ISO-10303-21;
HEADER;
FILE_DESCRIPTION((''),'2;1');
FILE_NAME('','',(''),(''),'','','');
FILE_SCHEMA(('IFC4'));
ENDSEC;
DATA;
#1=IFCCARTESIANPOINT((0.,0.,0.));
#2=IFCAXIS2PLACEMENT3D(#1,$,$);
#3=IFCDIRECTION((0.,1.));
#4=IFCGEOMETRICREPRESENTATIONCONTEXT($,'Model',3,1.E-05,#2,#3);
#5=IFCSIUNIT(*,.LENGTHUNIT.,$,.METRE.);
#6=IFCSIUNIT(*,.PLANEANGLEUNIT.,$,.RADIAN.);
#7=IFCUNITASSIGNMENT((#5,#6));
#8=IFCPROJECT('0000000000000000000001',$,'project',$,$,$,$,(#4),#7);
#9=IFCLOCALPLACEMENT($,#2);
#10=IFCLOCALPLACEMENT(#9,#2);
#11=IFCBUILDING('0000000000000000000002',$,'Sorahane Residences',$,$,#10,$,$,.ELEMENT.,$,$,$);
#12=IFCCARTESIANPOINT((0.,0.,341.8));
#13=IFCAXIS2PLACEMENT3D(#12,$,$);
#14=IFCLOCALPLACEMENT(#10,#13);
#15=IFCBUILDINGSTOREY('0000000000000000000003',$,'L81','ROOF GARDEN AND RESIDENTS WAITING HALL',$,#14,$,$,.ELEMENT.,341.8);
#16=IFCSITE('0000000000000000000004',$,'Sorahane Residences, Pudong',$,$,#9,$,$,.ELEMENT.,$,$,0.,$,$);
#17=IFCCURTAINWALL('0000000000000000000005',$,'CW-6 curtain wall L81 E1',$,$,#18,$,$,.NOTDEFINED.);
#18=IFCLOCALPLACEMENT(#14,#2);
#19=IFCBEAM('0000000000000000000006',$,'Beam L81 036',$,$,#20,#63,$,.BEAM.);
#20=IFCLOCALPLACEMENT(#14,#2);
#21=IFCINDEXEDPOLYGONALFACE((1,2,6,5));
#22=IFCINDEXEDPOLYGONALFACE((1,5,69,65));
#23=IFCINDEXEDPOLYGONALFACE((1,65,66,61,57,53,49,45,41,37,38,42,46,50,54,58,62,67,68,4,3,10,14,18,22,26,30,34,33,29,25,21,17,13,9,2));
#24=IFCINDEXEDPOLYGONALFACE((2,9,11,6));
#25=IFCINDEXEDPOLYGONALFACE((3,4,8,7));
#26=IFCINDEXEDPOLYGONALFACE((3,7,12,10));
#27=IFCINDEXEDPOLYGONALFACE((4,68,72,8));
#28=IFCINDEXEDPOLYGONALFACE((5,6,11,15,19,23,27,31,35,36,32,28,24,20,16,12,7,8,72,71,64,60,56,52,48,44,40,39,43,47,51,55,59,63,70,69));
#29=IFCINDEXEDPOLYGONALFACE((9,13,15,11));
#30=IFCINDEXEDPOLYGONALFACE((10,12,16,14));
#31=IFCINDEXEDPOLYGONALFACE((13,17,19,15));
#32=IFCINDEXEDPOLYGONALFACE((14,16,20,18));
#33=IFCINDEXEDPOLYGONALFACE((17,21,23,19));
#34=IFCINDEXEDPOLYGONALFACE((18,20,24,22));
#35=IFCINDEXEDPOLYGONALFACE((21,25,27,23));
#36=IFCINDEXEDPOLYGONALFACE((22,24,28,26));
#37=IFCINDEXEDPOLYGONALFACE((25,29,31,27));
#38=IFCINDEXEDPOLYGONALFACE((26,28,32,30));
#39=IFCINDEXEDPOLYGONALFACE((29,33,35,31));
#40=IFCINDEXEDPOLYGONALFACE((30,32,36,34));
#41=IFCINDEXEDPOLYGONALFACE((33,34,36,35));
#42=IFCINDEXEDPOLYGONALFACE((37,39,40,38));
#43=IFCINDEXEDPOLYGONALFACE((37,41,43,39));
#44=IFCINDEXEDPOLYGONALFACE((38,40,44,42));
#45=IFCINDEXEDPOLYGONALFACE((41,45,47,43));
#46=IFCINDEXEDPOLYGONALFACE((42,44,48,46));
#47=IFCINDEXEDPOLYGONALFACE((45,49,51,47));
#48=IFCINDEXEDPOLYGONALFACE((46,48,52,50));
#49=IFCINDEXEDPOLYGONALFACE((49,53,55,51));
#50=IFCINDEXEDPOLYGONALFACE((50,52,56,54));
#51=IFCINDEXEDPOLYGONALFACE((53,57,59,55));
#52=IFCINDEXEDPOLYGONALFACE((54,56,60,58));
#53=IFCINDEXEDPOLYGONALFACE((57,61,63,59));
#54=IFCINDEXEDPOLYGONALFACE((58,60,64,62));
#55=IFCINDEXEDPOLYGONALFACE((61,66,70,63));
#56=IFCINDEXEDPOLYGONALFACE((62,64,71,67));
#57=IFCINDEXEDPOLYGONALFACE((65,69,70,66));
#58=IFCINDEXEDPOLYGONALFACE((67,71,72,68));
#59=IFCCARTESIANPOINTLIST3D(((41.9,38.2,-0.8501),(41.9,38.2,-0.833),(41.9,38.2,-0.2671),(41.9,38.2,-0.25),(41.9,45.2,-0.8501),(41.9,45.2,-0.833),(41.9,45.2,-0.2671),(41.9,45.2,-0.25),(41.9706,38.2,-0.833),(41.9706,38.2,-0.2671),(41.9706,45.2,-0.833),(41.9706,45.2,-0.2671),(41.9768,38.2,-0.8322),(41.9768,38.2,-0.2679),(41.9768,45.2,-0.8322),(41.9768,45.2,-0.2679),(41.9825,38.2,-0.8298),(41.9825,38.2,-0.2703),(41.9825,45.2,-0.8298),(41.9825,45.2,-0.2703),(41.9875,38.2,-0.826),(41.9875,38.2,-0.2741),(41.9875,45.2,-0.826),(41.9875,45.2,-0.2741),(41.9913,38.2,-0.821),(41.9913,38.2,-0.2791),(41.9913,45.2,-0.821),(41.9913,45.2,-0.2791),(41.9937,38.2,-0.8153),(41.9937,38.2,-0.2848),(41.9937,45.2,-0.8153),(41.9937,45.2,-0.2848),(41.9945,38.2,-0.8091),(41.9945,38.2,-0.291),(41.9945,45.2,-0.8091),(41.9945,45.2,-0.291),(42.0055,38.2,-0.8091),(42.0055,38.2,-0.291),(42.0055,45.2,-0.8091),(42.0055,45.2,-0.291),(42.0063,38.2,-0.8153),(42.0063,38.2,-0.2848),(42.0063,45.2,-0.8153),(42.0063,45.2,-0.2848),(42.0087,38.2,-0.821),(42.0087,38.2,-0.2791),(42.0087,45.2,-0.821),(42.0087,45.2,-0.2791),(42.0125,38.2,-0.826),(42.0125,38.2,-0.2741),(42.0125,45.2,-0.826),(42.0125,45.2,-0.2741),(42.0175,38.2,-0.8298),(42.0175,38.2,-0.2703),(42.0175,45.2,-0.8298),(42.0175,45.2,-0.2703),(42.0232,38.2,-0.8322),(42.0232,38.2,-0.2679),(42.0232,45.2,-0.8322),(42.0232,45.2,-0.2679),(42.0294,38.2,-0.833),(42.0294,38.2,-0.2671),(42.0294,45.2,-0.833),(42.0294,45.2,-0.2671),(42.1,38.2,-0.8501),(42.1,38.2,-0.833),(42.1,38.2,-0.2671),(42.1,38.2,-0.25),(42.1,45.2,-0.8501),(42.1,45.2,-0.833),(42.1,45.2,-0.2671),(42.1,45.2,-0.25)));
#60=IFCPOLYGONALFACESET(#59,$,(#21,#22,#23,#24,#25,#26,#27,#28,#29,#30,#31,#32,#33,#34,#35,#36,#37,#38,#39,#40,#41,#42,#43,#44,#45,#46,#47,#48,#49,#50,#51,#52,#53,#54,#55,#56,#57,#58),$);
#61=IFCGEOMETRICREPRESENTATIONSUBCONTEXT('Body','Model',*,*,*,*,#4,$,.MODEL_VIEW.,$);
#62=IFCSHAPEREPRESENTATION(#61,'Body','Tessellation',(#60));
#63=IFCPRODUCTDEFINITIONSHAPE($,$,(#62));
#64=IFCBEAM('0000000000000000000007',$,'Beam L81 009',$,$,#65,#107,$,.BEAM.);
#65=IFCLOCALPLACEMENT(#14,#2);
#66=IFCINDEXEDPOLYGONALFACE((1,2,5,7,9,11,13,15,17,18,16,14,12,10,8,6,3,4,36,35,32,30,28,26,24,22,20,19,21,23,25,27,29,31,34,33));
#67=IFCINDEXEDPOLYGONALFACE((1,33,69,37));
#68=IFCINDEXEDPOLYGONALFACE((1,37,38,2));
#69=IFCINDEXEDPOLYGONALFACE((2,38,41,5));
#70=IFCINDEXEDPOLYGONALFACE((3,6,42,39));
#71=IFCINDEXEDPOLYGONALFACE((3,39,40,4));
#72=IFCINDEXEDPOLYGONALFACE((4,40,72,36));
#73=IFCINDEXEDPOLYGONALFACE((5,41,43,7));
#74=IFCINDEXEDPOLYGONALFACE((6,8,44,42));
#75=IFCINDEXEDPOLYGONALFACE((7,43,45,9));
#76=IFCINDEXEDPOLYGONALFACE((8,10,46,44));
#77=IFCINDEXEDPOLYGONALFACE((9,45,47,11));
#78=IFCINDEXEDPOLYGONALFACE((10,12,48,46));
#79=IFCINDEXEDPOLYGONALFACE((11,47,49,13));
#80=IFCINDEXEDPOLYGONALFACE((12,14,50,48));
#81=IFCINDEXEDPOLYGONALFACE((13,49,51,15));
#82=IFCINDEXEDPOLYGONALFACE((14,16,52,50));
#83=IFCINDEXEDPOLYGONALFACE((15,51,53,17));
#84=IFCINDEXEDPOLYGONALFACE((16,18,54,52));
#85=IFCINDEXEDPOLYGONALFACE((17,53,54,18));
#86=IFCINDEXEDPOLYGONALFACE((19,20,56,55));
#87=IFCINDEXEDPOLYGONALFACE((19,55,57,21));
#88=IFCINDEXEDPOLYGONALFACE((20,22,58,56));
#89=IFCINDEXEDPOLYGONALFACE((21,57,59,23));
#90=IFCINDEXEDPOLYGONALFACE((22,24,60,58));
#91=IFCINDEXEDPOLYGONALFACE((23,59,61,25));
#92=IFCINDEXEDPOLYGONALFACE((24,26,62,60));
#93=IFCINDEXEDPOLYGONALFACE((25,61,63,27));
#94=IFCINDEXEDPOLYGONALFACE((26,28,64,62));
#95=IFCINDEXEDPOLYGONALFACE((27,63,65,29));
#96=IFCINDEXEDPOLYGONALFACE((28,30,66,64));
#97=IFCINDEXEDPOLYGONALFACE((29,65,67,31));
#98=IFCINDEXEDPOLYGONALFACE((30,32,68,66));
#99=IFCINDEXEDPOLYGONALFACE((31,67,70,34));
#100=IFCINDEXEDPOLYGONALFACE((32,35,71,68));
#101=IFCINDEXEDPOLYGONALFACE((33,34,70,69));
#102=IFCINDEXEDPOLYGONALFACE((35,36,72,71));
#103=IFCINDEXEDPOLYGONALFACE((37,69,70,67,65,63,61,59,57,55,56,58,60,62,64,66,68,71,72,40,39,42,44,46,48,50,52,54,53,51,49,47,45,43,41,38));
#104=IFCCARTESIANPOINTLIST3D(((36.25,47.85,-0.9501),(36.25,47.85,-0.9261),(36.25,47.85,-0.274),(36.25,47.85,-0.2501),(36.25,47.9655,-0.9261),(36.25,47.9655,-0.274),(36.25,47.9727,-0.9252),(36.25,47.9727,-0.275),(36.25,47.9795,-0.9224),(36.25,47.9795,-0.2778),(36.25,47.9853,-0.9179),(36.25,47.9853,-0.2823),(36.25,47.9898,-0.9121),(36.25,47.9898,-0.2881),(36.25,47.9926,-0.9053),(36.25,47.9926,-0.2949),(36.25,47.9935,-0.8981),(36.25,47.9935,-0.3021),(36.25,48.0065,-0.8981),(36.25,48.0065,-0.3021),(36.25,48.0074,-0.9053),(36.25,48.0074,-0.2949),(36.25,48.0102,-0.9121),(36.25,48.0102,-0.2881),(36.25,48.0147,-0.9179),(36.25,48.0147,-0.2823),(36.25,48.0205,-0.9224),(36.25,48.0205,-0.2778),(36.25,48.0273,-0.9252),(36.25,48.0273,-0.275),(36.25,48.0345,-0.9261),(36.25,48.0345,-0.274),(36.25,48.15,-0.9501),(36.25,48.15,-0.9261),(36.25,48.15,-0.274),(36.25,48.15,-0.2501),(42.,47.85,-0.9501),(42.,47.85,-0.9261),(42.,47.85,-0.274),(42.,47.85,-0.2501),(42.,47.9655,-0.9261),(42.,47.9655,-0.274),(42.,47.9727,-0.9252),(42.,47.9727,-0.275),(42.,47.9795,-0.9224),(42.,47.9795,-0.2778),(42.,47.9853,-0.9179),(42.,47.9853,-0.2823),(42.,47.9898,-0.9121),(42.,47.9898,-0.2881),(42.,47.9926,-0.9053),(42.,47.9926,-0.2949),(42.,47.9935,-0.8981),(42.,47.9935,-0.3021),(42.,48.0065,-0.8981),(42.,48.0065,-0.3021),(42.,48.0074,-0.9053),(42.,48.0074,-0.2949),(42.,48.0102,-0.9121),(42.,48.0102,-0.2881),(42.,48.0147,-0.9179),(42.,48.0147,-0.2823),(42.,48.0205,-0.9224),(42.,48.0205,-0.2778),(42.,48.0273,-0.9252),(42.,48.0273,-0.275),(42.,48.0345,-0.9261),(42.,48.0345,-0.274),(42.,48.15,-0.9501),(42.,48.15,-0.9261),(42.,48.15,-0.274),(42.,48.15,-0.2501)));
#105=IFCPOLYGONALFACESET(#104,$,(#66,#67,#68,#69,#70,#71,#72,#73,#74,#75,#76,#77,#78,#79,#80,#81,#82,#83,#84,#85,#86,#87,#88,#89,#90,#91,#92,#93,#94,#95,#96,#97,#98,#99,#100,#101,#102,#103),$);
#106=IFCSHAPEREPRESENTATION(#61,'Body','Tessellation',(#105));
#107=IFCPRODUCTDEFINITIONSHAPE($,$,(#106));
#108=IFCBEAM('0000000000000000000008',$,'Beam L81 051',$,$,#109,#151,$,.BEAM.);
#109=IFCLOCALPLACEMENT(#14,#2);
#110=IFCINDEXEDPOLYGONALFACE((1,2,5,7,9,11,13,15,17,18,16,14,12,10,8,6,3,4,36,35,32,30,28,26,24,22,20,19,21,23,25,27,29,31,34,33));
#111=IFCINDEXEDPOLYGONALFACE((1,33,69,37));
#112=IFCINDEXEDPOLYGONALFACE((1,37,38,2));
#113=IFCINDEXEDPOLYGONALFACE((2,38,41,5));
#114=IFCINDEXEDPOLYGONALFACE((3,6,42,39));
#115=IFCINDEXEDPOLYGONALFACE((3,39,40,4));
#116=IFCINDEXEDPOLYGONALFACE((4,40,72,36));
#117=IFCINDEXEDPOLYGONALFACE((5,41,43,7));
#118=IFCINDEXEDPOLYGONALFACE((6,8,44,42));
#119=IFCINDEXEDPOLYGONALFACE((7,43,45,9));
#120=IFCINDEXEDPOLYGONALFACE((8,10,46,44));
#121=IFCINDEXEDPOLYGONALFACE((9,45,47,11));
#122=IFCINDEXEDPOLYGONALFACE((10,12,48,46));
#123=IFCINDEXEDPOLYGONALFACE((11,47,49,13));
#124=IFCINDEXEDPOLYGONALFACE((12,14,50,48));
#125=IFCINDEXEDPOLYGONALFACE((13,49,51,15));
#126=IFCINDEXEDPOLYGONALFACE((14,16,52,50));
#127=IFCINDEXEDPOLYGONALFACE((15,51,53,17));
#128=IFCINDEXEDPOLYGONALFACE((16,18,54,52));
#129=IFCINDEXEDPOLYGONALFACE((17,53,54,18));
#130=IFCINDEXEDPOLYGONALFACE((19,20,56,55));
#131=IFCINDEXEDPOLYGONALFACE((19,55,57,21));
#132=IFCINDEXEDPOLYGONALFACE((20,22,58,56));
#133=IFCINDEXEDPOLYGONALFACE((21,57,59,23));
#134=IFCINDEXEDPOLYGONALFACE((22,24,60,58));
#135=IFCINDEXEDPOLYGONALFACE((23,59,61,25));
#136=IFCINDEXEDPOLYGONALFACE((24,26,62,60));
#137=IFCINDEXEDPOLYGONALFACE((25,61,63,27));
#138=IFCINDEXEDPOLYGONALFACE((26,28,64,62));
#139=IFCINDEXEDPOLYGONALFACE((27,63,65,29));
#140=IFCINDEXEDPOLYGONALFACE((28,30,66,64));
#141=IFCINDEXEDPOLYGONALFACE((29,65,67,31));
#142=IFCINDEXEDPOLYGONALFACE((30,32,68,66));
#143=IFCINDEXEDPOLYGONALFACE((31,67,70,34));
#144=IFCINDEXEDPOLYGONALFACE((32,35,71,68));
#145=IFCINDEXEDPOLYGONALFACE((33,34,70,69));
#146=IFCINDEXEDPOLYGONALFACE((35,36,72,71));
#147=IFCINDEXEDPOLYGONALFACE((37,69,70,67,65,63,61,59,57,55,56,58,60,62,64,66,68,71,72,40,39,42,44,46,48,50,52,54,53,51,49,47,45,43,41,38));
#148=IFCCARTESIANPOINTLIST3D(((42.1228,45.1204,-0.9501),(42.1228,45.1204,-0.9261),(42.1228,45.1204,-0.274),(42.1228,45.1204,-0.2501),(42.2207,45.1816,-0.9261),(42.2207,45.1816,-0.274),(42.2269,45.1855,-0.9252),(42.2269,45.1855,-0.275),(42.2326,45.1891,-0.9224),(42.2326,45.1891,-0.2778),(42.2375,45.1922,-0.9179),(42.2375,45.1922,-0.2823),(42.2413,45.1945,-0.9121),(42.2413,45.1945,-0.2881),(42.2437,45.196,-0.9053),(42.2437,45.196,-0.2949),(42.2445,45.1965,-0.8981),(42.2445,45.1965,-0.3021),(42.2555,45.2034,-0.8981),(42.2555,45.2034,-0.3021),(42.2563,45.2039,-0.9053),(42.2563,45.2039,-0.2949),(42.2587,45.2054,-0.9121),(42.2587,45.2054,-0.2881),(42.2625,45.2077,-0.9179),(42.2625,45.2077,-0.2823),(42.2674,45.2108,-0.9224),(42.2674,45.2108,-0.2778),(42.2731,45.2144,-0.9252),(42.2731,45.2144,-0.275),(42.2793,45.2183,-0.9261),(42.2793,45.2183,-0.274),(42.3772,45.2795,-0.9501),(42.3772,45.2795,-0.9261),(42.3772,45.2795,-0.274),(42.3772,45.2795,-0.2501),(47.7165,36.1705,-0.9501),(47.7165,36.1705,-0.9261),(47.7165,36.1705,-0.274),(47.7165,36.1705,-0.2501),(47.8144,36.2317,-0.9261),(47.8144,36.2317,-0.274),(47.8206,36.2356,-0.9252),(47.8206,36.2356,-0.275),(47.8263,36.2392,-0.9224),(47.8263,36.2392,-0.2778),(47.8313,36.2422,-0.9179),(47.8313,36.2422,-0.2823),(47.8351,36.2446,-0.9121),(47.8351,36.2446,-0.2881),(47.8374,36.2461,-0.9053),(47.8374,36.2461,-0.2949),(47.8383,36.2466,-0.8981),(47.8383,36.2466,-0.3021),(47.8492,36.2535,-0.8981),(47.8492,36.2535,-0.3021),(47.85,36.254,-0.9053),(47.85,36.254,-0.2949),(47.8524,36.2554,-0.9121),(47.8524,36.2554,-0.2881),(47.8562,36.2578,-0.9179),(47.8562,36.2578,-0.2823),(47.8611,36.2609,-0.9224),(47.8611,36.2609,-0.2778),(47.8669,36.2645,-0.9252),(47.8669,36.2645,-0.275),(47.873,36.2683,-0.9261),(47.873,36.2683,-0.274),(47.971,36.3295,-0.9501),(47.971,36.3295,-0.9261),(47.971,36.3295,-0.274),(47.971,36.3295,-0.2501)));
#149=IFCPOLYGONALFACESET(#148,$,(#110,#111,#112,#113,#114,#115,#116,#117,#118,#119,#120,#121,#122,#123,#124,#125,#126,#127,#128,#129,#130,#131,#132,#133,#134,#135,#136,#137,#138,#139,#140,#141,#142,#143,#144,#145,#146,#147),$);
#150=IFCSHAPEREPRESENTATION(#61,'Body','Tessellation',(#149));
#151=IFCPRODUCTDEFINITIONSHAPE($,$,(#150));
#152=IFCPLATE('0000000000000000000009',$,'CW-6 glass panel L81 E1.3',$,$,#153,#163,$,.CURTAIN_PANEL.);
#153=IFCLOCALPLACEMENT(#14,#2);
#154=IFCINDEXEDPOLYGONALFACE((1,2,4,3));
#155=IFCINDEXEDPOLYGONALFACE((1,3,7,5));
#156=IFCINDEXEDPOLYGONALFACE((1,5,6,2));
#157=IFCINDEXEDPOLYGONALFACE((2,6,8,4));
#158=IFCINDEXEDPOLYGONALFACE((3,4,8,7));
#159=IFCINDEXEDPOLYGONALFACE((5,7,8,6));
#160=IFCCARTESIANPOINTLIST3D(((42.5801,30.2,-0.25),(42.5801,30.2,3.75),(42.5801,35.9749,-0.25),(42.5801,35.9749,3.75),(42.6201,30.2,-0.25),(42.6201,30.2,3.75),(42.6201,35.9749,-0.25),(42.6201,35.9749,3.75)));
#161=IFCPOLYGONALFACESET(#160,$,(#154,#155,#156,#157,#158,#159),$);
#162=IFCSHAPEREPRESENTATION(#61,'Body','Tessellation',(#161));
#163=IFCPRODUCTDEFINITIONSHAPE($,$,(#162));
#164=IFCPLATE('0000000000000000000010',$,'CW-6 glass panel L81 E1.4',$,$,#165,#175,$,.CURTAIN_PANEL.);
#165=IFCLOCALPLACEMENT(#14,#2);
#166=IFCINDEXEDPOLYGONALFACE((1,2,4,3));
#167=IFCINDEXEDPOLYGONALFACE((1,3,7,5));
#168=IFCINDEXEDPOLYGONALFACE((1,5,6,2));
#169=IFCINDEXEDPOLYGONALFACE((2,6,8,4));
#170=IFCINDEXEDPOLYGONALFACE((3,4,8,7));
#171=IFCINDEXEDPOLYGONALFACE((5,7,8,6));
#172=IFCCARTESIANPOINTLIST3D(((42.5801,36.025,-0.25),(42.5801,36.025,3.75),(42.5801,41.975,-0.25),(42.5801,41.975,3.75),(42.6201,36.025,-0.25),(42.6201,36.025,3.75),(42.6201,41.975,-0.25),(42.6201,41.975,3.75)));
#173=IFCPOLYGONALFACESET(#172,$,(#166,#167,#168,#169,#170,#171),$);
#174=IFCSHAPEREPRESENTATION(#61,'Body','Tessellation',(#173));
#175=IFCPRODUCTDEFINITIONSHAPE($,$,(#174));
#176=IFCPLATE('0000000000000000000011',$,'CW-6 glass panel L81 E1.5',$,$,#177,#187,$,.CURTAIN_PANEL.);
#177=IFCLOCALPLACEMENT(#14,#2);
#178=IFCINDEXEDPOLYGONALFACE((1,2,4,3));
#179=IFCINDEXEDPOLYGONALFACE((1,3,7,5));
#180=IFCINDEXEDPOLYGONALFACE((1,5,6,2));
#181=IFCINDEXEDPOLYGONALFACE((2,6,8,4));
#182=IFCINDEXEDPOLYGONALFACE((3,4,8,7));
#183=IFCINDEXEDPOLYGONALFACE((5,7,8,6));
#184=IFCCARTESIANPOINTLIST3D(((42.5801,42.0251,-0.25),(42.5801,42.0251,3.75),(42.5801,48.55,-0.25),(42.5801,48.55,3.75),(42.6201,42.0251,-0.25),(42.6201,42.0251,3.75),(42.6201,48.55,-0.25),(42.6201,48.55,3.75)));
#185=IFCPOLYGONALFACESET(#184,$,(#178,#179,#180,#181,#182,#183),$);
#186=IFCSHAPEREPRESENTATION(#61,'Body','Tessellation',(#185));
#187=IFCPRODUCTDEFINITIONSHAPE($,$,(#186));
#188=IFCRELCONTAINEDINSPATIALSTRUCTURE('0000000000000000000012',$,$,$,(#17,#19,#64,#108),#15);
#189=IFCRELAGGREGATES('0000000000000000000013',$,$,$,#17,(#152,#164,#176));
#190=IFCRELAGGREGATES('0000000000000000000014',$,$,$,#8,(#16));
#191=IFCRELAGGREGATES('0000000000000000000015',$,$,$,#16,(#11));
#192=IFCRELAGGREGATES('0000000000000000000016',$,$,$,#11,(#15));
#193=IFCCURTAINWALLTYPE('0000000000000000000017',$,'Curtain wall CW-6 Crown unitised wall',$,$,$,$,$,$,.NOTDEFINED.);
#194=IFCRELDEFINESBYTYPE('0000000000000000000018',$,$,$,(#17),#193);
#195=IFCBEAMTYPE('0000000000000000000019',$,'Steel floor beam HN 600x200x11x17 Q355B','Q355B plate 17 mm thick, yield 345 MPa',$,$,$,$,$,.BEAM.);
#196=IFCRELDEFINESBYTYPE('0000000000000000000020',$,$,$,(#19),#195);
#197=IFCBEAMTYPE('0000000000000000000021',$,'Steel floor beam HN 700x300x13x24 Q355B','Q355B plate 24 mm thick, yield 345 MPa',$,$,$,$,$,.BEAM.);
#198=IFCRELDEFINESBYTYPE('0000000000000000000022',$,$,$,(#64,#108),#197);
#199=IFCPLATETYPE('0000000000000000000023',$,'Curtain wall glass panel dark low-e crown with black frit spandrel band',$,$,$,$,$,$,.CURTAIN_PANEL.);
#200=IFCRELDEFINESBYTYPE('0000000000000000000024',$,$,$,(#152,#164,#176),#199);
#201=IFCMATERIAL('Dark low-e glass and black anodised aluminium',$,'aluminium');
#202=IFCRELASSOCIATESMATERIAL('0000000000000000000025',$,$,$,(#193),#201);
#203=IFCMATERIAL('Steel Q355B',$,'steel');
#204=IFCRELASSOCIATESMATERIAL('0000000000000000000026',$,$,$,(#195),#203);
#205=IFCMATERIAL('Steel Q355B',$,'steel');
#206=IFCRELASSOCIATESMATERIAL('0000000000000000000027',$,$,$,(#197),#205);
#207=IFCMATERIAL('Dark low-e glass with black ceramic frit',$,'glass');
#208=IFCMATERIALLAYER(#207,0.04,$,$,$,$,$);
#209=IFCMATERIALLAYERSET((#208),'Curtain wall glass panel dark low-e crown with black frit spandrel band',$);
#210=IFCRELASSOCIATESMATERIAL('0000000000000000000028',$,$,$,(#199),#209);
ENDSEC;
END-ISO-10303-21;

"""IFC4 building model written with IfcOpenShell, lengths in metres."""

from ifc_helpers import new_model, si_unit, direction, frame, origin, origin_2d, place, context, subcontext, project, spatial, rectangle, i_section, extrude, material, layer, layer_set, material_profile, profile_set, type_object, element, aggregate, save


model = new_model("IFC4")

# Units and contexts
model_context = context("Model", 3, precision=1e-05, world=origin(), true_north=direction((0.0, 1.0)))
body_context = subcontext(model_context, "Body", "Model", "MODEL_VIEW")
ifc_project = project(units=[si_unit("LENGTHUNIT", "METRE"), si_unit("PLANEANGLEUNIT", "RADIAN")], contexts=[model_context])

# Site, building, storey
site_placement = place(None, origin())
site = spatial("IfcSite", under=ifc_project, at=site_placement, Name="Sorahane Residences, Pudong", CompositionType="ELEMENT", RefElevation=0.0)
building_placement = place(site_placement, origin())
building = spatial("IfcBuilding", under=site, at=building_placement, Name="Sorahane Residences", CompositionType="ELEMENT")
storey_placement = place(building_placement, frame((0.0, 0.0, 341.8)))
storey = spatial("IfcBuildingStorey", under=building, at=storey_placement, Name="L81", Description="ROOF GARDEN AND RESIDENTS WAITING HALL", CompositionType="ELEMENT", Elevation=341.8)

# Curtain wall
ifc_material_1 = material(Name="Dark low-e glass and black anodised aluminium", Category="aluminium")
curtain_wall_type = type_object("IfcCurtainWallType", Name="Curtain wall CW-6 Crown unitised wall", PredefinedType="NOTDEFINED", material=ifc_material_1)
curtain_wall_1_placement = place(storey_placement, origin())
curtain_wall_1 = element("IfcCurtainWall", 1, at=curtain_wall_1_placement, inside=storey, type_object=curtain_wall_type, Name="CW-6 curtain wall L81 E1", PredefinedType="NOTDEFINED")

# Beams
ifc_material_2 = material(Name="Steel Q355B", Category="steel")
ifc_material_profile_1 = material_profile(ifc_material_2, i_section(OverallWidth=0.2, OverallDepth=0.6001, WebThickness=0.011, FlangeThickness=0.0171, FilletRadius=0.0239, at=origin_2d()), Name="HN 600x200x11x17")
ifc_profile_set_1 = profile_set([ifc_material_profile_1], Name="Steel Q355B")
beam_type_1 = type_object("IfcBeamType", Name="Steel floor beam HN 600x200x11x17 Q355B", Description="Q355B plate 17 mm thick, yield 345 MPa", PredefinedType="BEAM", material=ifc_profile_set_1)
beam_1_placement = place(storey_placement, frame((42.0, 38.2, -0.55), z_axis=(0.0, 1.0, 0.0), x_axis=(-1.0, 0.0, 0.0)))
element("IfcBeam", 2, at=beam_1_placement, inside=storey, type_object=beam_type_1, Name="Beam L81 036", PredefinedType="BEAM", context=body_context, shape_type="SweptSolid", body=[
    extrude(i_section(OverallWidth=0.2, OverallDepth=0.6001, WebThickness=0.011, FlangeThickness=0.0171, FilletRadius=0.0239, at=origin_2d()), origin(), (0.0, 0.0, 1.0), 7.0),
])
ifc_material_3 = material(Name="Steel Q355B", Category="steel")
ifc_material_profile_2 = material_profile(ifc_material_3, i_section(OverallWidth=0.3, OverallDepth=0.7, WebThickness=0.0129, FlangeThickness=0.0239, FilletRadius=0.0281, at=origin_2d()), Name="HN 700x300x13x24")
ifc_profile_set_2 = profile_set([ifc_material_profile_2], Name="Steel Q355B")
beam_type_2 = type_object("IfcBeamType", Name="Steel floor beam HN 700x300x13x24 Q355B", Description="Q355B plate 24 mm thick, yield 345 MPa", PredefinedType="BEAM", material=ifc_profile_set_2)
beam_2_placement = place(storey_placement, frame((36.25, 48.0, -0.6001), z_axis=(1.0, 0.0, 0.0), x_axis=(0.0, 1.0, 0.0)))
element("IfcBeam", 3, at=beam_2_placement, inside=storey, type_object=beam_type_2, Name="Beam L81 009", PredefinedType="BEAM", context=body_context, shape_type="SweptSolid", body=[
    extrude(i_section(OverallWidth=0.3, OverallDepth=0.7, WebThickness=0.0129, FlangeThickness=0.0239, FilletRadius=0.0281, at=origin_2d()), origin(), (0.0, 0.0, 1.0), 5.75),
])
beam_3_placement = place(storey_placement, frame((42.25, 45.2, -0.6001), z_axis=(0.530001, -0.847997, 0.0), x_axis=(0.847997, 0.530001, 0.0)))
element("IfcBeam", 4, at=beam_3_placement, inside=storey, type_object=beam_type_2, Name="Beam L81 051", PredefinedType="BEAM", context=body_context, shape_type="SweptSolid", body=[
    extrude(i_section(OverallWidth=0.3, OverallDepth=0.7, WebThickness=0.0129, FlangeThickness=0.0239, FilletRadius=0.0281, at=origin_2d()), origin(), (0.0, 0.0, 1.0), 10.5542),
])

# Plates
ifc_material_4 = material(Name="Dark low-e glass with black ceramic frit", Category="glass")
ifc_layer_1 = layer(ifc_material_4, 0.04)
ifc_layer_set_1 = layer_set([ifc_layer_1], Name="Curtain wall glass panel dark low-e crown with black frit spandrel band")
plate_type = type_object("IfcPlateType", Name="Curtain wall glass panel dark low-e crown with black frit spandrel band", PredefinedType="CURTAIN_PANEL", material=ifc_layer_set_1)
plate_1_placement = place(storey_placement, frame((42.6001, 33.0874, -0.25), z_axis=(0.0, 0.0, 1.0), x_axis=(0.0, 1.0, 0.0)))
plate_1 = element("IfcPlate", 5, at=plate_1_placement, type_object=plate_type, Name="CW-6 glass panel L81 E1.3", PredefinedType="CURTAIN_PANEL", context=body_context, shape_type="SweptSolid", body=[
    extrude(rectangle(XDim=5.7749, YDim=0.04, at=origin_2d()), origin(), (0.0, 0.0, 1.0), 4.0),
])
plate_2_placement = place(storey_placement, frame((42.6001, 39.0, -0.25), z_axis=(0.0, 0.0, 1.0), x_axis=(0.0, 1.0, 0.0)))
plate_2 = element("IfcPlate", 6, at=plate_2_placement, type_object=plate_type, Name="CW-6 glass panel L81 E1.4", PredefinedType="CURTAIN_PANEL", context=body_context, shape_type="SweptSolid", body=[
    extrude(rectangle(XDim=5.95, YDim=0.04, at=origin_2d()), origin(), (0.0, 0.0, 1.0), 4.0),
])
plate_3_placement = place(storey_placement, frame((42.6001, 45.2876, -0.25), z_axis=(0.0, 0.0, 1.0), x_axis=(0.0, 1.0, 0.0)))
plate_3 = element("IfcPlate", 7, at=plate_3_placement, type_object=plate_type, Name="CW-6 glass panel L81 E1.5", PredefinedType="CURTAIN_PANEL", context=body_context, shape_type="SweptSolid", body=[
    extrude(rectangle(XDim=6.5249, YDim=0.04, at=origin_2d()), origin(), (0.0, 0.0, 1.0), 4.0),
])
aggregate(curtain_wall_1, [plate_1, plate_2, plate_3])

save(model, "model.ifc")
